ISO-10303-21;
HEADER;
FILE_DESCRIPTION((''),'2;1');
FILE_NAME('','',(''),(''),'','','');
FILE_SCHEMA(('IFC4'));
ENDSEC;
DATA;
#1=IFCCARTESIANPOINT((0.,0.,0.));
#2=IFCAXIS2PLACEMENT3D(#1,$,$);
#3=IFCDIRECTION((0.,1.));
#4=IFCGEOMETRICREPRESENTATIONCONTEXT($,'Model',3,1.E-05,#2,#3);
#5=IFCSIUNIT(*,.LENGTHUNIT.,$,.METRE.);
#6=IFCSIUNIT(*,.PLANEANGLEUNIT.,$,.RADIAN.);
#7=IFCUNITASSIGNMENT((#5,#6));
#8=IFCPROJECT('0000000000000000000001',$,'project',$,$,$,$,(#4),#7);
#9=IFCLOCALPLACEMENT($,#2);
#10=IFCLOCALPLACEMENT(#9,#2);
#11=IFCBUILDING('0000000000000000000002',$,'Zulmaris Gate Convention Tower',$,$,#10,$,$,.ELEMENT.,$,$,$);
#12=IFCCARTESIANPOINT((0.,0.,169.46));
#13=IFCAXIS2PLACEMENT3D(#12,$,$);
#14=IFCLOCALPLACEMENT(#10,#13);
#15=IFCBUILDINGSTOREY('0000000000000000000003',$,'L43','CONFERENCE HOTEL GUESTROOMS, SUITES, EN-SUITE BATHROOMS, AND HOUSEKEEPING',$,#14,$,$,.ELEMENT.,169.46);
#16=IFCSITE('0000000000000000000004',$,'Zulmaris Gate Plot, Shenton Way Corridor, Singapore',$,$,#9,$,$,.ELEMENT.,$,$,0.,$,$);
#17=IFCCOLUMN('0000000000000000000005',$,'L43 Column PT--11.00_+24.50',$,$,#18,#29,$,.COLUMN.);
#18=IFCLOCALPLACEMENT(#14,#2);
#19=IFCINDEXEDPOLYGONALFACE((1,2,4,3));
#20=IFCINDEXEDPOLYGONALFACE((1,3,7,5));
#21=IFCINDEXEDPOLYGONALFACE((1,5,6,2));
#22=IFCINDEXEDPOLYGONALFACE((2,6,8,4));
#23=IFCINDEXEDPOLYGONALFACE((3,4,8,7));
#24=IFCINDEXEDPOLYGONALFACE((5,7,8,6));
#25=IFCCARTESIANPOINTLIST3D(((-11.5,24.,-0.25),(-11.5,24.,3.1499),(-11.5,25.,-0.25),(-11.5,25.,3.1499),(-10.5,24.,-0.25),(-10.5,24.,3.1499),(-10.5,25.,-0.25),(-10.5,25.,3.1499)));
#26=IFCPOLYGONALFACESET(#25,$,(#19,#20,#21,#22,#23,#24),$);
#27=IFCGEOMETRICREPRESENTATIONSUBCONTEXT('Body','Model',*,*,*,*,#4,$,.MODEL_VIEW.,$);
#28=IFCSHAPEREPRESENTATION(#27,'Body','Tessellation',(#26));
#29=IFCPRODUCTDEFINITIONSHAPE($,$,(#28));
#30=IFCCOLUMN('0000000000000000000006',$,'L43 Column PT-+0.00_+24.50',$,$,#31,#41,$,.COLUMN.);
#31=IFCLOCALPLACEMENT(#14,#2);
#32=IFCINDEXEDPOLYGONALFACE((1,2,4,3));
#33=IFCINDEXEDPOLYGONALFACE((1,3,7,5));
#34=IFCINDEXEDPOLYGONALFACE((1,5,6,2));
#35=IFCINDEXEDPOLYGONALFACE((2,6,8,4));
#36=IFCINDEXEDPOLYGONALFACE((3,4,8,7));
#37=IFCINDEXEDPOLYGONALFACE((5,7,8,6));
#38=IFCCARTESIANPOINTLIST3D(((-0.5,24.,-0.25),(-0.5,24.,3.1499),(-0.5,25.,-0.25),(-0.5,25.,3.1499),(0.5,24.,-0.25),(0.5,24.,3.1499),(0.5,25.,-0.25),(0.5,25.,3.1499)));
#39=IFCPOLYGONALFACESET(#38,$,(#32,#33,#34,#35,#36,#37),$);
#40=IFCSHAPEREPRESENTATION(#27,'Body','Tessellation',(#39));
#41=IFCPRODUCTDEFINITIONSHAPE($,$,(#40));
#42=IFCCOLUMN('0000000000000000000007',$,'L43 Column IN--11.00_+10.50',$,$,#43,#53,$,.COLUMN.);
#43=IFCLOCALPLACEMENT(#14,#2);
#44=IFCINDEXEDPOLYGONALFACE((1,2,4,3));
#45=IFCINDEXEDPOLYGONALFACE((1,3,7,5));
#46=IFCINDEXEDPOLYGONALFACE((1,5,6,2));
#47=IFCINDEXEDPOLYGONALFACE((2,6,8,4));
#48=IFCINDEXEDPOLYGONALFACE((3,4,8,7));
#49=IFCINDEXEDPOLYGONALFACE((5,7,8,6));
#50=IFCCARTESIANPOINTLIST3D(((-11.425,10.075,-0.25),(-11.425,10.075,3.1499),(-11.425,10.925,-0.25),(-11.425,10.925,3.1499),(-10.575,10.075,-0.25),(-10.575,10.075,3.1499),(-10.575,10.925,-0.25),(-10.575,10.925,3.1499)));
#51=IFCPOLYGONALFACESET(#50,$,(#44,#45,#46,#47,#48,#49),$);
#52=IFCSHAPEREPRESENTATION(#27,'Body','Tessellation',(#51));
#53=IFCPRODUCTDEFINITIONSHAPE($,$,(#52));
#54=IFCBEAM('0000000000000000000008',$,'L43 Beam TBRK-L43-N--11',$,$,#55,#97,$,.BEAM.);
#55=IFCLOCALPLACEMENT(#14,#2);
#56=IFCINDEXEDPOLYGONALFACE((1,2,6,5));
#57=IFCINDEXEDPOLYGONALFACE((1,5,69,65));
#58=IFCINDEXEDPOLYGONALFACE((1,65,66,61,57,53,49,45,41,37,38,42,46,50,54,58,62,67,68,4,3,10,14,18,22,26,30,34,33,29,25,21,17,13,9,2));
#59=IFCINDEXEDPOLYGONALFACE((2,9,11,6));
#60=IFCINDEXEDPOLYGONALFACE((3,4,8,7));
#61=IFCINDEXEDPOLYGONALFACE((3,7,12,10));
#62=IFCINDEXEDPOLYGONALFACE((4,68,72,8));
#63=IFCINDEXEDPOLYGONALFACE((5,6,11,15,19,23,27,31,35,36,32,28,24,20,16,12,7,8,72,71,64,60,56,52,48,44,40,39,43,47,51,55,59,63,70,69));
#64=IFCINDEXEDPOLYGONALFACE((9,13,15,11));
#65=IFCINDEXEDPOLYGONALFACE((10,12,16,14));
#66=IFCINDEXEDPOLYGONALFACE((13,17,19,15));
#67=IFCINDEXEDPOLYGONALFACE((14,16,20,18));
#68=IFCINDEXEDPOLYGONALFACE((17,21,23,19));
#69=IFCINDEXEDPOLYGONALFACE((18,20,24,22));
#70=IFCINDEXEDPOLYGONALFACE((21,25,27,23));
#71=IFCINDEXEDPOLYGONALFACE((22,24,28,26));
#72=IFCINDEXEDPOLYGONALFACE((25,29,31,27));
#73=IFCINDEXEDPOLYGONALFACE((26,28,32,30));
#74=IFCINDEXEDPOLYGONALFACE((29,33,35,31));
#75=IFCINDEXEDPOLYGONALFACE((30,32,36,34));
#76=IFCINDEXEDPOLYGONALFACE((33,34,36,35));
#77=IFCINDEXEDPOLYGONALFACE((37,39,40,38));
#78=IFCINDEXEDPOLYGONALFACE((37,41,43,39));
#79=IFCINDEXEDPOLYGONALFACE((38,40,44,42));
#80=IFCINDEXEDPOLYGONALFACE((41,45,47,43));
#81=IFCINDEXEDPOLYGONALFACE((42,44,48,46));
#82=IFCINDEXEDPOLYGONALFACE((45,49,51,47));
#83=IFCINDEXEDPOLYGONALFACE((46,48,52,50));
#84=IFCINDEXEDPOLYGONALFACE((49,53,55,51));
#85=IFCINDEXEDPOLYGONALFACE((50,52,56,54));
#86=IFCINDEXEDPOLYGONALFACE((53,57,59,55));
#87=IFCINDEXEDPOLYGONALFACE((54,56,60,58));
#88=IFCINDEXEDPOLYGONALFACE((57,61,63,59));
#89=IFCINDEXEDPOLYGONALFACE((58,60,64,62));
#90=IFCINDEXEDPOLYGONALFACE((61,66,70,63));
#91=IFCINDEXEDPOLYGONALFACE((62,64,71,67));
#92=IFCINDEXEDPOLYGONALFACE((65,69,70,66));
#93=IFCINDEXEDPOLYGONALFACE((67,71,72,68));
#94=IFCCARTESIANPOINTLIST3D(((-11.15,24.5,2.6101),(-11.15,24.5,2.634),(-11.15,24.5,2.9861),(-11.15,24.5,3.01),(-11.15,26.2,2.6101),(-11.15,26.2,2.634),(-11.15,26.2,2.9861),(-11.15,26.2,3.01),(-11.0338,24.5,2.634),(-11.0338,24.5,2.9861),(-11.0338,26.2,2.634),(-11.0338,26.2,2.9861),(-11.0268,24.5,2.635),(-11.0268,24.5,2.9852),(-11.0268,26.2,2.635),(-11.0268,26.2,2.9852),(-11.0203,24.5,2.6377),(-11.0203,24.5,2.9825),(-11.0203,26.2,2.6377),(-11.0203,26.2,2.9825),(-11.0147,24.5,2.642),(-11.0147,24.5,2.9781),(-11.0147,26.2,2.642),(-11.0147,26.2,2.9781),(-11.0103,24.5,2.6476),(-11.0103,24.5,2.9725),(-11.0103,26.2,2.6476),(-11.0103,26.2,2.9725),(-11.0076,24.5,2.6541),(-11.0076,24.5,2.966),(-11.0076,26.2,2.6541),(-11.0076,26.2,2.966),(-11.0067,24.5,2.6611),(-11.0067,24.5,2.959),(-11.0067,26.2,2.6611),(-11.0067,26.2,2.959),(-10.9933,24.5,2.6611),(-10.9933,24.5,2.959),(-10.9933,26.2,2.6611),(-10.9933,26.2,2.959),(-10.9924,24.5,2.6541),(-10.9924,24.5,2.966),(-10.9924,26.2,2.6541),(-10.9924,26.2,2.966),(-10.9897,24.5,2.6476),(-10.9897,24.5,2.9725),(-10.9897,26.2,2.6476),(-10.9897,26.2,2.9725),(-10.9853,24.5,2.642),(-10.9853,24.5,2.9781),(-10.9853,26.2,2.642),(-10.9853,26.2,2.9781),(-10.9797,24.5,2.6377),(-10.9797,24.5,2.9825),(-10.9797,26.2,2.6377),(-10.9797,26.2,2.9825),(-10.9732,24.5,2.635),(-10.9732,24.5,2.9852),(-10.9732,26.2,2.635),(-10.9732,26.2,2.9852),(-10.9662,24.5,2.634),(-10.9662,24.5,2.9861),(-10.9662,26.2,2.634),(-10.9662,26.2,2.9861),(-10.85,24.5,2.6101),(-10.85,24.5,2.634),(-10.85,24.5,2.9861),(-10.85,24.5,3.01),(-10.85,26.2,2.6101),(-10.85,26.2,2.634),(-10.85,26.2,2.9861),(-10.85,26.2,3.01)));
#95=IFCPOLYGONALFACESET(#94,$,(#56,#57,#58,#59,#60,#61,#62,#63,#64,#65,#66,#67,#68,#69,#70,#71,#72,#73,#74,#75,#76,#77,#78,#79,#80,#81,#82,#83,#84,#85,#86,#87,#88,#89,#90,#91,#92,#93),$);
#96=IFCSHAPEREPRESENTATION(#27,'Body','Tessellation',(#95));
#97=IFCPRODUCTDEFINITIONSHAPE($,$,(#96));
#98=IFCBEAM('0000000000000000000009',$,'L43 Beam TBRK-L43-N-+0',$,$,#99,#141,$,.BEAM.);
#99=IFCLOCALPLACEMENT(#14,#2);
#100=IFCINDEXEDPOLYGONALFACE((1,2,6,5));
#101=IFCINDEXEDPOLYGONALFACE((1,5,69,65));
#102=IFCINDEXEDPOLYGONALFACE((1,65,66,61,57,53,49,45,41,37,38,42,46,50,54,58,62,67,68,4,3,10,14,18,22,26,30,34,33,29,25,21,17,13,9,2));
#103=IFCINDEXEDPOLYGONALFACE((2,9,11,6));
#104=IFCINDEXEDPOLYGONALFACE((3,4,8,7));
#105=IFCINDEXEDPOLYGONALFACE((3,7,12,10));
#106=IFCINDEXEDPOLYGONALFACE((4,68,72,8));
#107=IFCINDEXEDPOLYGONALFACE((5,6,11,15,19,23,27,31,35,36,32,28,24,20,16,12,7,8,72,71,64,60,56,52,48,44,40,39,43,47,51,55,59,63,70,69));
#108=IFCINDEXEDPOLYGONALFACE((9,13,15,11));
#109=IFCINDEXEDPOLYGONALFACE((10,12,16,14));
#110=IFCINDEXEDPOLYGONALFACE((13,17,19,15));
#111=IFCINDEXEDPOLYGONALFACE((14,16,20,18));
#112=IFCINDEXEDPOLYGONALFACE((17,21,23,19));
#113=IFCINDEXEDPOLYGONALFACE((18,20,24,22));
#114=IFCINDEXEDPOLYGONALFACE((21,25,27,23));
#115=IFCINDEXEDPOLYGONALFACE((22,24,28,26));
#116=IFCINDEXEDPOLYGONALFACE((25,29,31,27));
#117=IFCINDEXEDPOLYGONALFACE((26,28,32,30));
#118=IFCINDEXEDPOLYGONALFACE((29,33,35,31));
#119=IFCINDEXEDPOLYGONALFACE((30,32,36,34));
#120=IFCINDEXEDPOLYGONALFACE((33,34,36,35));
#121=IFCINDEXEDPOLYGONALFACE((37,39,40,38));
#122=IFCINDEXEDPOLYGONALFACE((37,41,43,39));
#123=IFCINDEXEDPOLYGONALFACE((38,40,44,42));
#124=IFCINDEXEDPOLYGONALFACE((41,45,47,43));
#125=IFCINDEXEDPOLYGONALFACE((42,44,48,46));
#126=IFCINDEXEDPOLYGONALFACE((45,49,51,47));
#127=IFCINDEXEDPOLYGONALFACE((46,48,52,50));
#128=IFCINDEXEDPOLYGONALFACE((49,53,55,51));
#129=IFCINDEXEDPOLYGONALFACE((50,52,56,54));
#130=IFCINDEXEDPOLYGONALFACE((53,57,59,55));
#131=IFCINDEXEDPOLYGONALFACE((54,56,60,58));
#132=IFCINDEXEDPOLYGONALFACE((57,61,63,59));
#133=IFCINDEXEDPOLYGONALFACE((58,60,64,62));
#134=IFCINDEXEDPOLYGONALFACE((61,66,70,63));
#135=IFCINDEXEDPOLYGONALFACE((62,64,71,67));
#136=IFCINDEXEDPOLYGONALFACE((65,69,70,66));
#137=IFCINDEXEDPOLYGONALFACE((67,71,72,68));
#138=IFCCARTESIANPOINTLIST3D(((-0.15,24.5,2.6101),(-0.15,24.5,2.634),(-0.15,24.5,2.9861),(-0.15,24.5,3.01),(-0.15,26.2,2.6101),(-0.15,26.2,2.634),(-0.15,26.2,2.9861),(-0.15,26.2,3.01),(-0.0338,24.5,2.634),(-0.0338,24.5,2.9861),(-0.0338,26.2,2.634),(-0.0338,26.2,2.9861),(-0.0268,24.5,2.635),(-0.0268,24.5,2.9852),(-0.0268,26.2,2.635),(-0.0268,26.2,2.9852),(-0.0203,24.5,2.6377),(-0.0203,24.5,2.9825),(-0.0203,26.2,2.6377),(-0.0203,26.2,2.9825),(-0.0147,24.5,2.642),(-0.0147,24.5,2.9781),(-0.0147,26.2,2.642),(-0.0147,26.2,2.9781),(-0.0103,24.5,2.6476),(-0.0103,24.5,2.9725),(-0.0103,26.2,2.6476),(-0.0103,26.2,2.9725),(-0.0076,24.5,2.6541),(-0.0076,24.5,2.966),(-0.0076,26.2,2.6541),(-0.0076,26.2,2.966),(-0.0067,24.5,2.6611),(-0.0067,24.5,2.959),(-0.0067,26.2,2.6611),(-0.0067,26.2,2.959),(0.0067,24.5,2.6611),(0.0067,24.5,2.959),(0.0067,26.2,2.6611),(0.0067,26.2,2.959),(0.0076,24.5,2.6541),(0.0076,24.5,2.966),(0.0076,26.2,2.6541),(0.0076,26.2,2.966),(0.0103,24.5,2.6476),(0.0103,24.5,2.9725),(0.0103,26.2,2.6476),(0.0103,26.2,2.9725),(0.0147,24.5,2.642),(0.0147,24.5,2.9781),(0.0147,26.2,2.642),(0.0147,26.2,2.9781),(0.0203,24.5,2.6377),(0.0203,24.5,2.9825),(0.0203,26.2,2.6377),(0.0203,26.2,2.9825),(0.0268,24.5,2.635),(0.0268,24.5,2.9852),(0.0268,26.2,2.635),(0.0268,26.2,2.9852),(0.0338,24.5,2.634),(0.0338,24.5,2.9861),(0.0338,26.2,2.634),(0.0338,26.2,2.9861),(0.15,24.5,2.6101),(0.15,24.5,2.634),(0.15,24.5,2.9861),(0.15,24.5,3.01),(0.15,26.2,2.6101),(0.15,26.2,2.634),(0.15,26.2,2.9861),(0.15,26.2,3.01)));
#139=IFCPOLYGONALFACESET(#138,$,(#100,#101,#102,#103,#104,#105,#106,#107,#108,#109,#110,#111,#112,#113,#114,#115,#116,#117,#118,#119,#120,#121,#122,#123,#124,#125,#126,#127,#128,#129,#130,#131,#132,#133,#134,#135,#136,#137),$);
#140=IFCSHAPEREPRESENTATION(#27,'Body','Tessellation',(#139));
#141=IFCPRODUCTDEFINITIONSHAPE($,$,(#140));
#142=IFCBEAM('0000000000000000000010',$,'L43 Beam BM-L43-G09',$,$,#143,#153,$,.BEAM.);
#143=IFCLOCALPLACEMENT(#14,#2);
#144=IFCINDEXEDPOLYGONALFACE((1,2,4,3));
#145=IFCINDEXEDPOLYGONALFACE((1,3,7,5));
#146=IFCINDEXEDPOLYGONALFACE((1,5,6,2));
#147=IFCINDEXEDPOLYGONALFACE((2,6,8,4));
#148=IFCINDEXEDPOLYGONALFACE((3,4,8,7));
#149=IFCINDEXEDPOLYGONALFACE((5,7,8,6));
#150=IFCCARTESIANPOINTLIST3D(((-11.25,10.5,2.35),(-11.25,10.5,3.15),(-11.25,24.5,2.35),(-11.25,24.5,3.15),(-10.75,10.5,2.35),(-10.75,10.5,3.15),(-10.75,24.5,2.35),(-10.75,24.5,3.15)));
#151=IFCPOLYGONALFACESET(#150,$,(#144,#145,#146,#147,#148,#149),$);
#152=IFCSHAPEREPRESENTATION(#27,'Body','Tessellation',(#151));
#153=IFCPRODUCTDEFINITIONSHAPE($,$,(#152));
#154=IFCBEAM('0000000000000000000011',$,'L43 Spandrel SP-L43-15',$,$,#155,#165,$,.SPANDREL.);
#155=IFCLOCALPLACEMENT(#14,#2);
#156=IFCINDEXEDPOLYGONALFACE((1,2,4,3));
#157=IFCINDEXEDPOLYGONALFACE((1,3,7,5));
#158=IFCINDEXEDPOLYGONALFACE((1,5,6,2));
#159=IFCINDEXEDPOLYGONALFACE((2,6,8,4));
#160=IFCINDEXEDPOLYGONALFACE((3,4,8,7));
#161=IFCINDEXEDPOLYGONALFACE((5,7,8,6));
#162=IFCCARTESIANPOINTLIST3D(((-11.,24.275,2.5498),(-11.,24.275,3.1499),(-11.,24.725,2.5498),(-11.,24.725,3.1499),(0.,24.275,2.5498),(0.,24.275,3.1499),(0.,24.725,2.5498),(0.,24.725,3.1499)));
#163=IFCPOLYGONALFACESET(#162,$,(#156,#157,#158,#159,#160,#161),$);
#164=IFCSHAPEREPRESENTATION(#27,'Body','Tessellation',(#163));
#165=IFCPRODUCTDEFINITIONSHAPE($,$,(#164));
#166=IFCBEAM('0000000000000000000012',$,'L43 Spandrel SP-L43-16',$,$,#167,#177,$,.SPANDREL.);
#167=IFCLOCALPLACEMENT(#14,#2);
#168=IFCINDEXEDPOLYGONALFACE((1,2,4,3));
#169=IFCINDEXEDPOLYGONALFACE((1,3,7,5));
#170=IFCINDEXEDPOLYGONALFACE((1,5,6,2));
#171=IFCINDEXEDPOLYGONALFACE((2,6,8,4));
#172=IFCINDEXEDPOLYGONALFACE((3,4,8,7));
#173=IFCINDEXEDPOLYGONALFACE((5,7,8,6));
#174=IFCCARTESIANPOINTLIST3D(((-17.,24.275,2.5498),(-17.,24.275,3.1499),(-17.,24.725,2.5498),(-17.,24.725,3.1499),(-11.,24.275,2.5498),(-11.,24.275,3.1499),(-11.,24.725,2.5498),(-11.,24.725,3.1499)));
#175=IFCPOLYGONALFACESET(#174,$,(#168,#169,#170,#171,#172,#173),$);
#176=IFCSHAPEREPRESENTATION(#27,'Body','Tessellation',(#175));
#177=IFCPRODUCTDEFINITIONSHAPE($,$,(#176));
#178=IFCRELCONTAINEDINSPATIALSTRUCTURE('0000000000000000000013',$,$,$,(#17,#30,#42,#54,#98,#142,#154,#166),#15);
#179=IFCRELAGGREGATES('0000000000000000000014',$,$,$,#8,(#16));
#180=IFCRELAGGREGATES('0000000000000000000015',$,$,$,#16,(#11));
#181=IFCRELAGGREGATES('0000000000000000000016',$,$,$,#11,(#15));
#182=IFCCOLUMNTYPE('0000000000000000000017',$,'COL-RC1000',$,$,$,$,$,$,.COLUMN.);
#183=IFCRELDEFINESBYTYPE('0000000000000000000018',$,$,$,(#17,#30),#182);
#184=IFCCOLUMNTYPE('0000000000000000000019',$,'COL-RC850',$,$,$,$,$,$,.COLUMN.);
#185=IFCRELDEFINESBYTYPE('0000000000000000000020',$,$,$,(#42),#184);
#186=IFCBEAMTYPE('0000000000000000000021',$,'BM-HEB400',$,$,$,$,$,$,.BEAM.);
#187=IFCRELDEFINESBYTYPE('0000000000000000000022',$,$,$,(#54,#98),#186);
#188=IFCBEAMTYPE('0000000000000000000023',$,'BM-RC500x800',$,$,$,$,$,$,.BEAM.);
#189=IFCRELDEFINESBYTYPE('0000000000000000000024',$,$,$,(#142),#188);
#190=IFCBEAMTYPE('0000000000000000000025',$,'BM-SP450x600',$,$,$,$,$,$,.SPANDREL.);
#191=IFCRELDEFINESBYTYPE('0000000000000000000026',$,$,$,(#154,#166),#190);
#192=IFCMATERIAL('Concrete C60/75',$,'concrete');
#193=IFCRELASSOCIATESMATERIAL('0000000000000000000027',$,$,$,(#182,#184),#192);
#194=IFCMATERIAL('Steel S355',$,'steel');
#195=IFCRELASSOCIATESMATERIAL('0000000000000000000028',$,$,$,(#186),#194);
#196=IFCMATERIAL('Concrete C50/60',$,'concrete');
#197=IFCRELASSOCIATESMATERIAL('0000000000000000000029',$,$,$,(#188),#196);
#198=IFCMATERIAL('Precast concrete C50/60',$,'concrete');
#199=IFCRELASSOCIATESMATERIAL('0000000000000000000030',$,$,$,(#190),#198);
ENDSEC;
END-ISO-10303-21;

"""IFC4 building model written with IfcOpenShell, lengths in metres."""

from ifc_helpers import new_model, si_unit, direction, frame, origin, origin_2d, place, context, subcontext, project, spatial, rectangle, i_section, extrude, material, material_profile, profile_set, type_object, element, save


model = new_model("IFC4")

# Units and contexts
model_context = context("Model", 3, precision=1e-05, world=origin(), true_north=direction((0.0, 1.0)))
body_context = subcontext(model_context, "Body", "Model", "MODEL_VIEW")
ifc_project = project(units=[si_unit("LENGTHUNIT", "METRE"), si_unit("PLANEANGLEUNIT", "RADIAN")], contexts=[model_context])

# Site, building, storey
site_placement = place(None, origin())
site = spatial("IfcSite", under=ifc_project, at=site_placement, Name="Zulmaris Gate Plot, Shenton Way Corridor, Singapore", CompositionType="ELEMENT", RefElevation=0.0)
building_placement = place(site_placement, origin())
building = spatial("IfcBuilding", under=site, at=building_placement, Name="Zulmaris Gate Convention Tower", CompositionType="ELEMENT")
storey_placement = place(building_placement, frame((0.0, 0.0, 169.46)))
storey = spatial("IfcBuildingStorey", under=building, at=storey_placement, Name="L43", Description="CONFERENCE HOTEL GUESTROOMS, SUITES, EN-SUITE BATHROOMS, AND HOUSEKEEPING", CompositionType="ELEMENT", Elevation=169.46)

# Columns
ifc_material_1 = material(Name="Concrete C60/75", Category="concrete")
ifc_material_profile_1 = material_profile(ifc_material_1, rectangle(XDim=1.0, YDim=1.0, at=origin_2d()), Name="RC COL 1000x1000")
ifc_profile_set_1 = profile_set([ifc_material_profile_1], Name="Concrete C60/75")
column_type_1 = type_object("IfcColumnType", Name="COL-RC1000", PredefinedType="COLUMN", material=ifc_profile_set_1)
for number, where, z_axis, x_axis, name in (
    (1, (-11.0, 24.5, -0.25), (0.0, 0.0, 1.0), (1.0, 0.0, 0.0), "L43 Column PT--11.00_+24.50"),
    (2, (0.0, 24.5, -0.25), (0.0, 0.0, 1.0), (1.0, 0.0, 0.0), "L43 Column PT-+0.00_+24.50"),
):
    element("IfcColumn", number, at=place(storey_placement, frame(where, z_axis=z_axis, x_axis=x_axis)), inside=storey, type_object=column_type_1, Name=name, PredefinedType="COLUMN", context=body_context, shape_type="SweptSolid", body=[
        extrude(rectangle(XDim=1.0, YDim=1.0, at=origin_2d()), origin(), (0.0, 0.0, 1.0), 3.3999),
    ])
ifc_material_profile_2 = material_profile(ifc_material_1, rectangle(XDim=0.8501, YDim=0.8501, at=origin_2d()), Name="RC COL 850x850")
ifc_profile_set_2 = profile_set([ifc_material_profile_2], Name="Concrete C60/75")
column_type_2 = type_object("IfcColumnType", Name="COL-RC850", PredefinedType="COLUMN", material=ifc_profile_set_2)
column_placement = place(storey_placement, frame((-11.0, 10.5, -0.25), z_axis=(0.0, 0.0, 1.0), x_axis=(1.0, 0.0, 0.0)))
element("IfcColumn", 3, at=column_placement, inside=storey, type_object=column_type_2, Name="L43 Column IN--11.00_+10.50", PredefinedType="COLUMN", context=body_context, shape_type="SweptSolid", body=[
    extrude(rectangle(XDim=0.8501, YDim=0.8501, at=origin_2d()), origin(), (0.0, 0.0, 1.0), 3.3999),
])

# Beams
ifc_material_2 = material(Name="Steel S355", Category="steel")
ifc_material_profile_3 = material_profile(ifc_material_2, i_section(OverallWidth=0.3, OverallDepth=0.3999, WebThickness=0.0134, FlangeThickness=0.0239, FilletRadius=0.0271, at=origin_2d()), Name="HEB 400")
ifc_profile_set_3 = profile_set([ifc_material_profile_3], Name="Steel S355")
beam_type_1 = type_object("IfcBeamType", Name="BM-HEB400", PredefinedType="BEAM", material=ifc_profile_set_3)
for number, where, z_axis, x_axis, name in (
    (4, (-11.0, 24.5, 2.8101), (0.0, 1.0, 0.0), (-1.0, 0.0, 0.0), "L43 Beam TBRK-L43-N--11"),
    (5, (0.0, 24.5, 2.8101), (0.0, 1.0, 0.0), (-1.0, 0.0, 0.0), "L43 Beam TBRK-L43-N-+0"),
):
    element("IfcBeam", number, at=place(storey_placement, frame(where, z_axis=z_axis, x_axis=x_axis)), inside=storey, type_object=beam_type_1, Name=name, PredefinedType="BEAM", context=body_context, shape_type="SweptSolid", body=[
        extrude(i_section(OverallWidth=0.3, OverallDepth=0.3999, WebThickness=0.0134, FlangeThickness=0.0239, FilletRadius=0.0271, at=origin_2d()), origin(), (0.0, 0.0, 1.0), 1.7),
    ])
ifc_material_3 = material(Name="Concrete C50/60", Category="concrete")
ifc_material_profile_4 = material_profile(ifc_material_3, rectangle(XDim=0.5, YDim=0.8, at=origin_2d()), Name="RC BEAM 500x800")
ifc_profile_set_4 = profile_set([ifc_material_profile_4], Name="Concrete C50/60")
beam_type_2 = type_object("IfcBeamType", Name="BM-RC500x800", PredefinedType="BEAM", material=ifc_profile_set_4)
beam_1_placement = place(storey_placement, frame((-11.0, 10.5, 2.75), z_axis=(0.0, 1.0, 0.0), x_axis=(-1.0, 0.0, 0.0)))
element("IfcBeam", 6, at=beam_1_placement, inside=storey, type_object=beam_type_2, Name="L43 Beam BM-L43-G09", PredefinedType="BEAM", context=body_context, shape_type="SweptSolid", body=[
    extrude(rectangle(XDim=0.5, YDim=0.8, at=origin_2d()), origin(), (0.0, 0.0, 1.0), 14.0),
])
ifc_material_4 = material(Name="Precast concrete C50/60", Category="concrete")
ifc_material_profile_5 = material_profile(ifc_material_4, rectangle(XDim=0.45, YDim=0.6001, at=origin_2d()), Name="RC SPANDREL 450x600")
ifc_profile_set_5 = profile_set([ifc_material_profile_5], Name="Precast concrete C50/60")
beam_type_3 = type_object("IfcBeamType", Name="BM-SP450x600", PredefinedType="SPANDREL", material=ifc_profile_set_5)
beam_2_placement = place(storey_placement, frame((0.0, 24.5, 2.8499), z_axis=(-1.0, 0.0, 0.0), x_axis=(0.0, -1.0, 0.0)))
element("IfcBeam", 7, at=beam_2_placement, inside=storey, type_object=beam_type_3, Name="L43 Spandrel SP-L43-15", PredefinedType="SPANDREL", context=body_context, shape_type="SweptSolid", body=[
    extrude(rectangle(XDim=0.45, YDim=0.6001, at=origin_2d()), origin(), (0.0, 0.0, 1.0), 11.0),
])
beam_3_placement = place(storey_placement, frame((-11.0, 24.5, 2.8499), z_axis=(-1.0, 0.0, 0.0), x_axis=(0.0, -1.0, 0.0)))
element("IfcBeam", 8, at=beam_3_placement, inside=storey, type_object=beam_type_3, Name="L43 Spandrel SP-L43-16", PredefinedType="SPANDREL", context=body_context, shape_type="SweptSolid", body=[
    extrude(rectangle(XDim=0.45, YDim=0.6001, at=origin_2d()), origin(), (0.0, 0.0, 1.0), 6.0),
])

save(model, "model.ifc")
